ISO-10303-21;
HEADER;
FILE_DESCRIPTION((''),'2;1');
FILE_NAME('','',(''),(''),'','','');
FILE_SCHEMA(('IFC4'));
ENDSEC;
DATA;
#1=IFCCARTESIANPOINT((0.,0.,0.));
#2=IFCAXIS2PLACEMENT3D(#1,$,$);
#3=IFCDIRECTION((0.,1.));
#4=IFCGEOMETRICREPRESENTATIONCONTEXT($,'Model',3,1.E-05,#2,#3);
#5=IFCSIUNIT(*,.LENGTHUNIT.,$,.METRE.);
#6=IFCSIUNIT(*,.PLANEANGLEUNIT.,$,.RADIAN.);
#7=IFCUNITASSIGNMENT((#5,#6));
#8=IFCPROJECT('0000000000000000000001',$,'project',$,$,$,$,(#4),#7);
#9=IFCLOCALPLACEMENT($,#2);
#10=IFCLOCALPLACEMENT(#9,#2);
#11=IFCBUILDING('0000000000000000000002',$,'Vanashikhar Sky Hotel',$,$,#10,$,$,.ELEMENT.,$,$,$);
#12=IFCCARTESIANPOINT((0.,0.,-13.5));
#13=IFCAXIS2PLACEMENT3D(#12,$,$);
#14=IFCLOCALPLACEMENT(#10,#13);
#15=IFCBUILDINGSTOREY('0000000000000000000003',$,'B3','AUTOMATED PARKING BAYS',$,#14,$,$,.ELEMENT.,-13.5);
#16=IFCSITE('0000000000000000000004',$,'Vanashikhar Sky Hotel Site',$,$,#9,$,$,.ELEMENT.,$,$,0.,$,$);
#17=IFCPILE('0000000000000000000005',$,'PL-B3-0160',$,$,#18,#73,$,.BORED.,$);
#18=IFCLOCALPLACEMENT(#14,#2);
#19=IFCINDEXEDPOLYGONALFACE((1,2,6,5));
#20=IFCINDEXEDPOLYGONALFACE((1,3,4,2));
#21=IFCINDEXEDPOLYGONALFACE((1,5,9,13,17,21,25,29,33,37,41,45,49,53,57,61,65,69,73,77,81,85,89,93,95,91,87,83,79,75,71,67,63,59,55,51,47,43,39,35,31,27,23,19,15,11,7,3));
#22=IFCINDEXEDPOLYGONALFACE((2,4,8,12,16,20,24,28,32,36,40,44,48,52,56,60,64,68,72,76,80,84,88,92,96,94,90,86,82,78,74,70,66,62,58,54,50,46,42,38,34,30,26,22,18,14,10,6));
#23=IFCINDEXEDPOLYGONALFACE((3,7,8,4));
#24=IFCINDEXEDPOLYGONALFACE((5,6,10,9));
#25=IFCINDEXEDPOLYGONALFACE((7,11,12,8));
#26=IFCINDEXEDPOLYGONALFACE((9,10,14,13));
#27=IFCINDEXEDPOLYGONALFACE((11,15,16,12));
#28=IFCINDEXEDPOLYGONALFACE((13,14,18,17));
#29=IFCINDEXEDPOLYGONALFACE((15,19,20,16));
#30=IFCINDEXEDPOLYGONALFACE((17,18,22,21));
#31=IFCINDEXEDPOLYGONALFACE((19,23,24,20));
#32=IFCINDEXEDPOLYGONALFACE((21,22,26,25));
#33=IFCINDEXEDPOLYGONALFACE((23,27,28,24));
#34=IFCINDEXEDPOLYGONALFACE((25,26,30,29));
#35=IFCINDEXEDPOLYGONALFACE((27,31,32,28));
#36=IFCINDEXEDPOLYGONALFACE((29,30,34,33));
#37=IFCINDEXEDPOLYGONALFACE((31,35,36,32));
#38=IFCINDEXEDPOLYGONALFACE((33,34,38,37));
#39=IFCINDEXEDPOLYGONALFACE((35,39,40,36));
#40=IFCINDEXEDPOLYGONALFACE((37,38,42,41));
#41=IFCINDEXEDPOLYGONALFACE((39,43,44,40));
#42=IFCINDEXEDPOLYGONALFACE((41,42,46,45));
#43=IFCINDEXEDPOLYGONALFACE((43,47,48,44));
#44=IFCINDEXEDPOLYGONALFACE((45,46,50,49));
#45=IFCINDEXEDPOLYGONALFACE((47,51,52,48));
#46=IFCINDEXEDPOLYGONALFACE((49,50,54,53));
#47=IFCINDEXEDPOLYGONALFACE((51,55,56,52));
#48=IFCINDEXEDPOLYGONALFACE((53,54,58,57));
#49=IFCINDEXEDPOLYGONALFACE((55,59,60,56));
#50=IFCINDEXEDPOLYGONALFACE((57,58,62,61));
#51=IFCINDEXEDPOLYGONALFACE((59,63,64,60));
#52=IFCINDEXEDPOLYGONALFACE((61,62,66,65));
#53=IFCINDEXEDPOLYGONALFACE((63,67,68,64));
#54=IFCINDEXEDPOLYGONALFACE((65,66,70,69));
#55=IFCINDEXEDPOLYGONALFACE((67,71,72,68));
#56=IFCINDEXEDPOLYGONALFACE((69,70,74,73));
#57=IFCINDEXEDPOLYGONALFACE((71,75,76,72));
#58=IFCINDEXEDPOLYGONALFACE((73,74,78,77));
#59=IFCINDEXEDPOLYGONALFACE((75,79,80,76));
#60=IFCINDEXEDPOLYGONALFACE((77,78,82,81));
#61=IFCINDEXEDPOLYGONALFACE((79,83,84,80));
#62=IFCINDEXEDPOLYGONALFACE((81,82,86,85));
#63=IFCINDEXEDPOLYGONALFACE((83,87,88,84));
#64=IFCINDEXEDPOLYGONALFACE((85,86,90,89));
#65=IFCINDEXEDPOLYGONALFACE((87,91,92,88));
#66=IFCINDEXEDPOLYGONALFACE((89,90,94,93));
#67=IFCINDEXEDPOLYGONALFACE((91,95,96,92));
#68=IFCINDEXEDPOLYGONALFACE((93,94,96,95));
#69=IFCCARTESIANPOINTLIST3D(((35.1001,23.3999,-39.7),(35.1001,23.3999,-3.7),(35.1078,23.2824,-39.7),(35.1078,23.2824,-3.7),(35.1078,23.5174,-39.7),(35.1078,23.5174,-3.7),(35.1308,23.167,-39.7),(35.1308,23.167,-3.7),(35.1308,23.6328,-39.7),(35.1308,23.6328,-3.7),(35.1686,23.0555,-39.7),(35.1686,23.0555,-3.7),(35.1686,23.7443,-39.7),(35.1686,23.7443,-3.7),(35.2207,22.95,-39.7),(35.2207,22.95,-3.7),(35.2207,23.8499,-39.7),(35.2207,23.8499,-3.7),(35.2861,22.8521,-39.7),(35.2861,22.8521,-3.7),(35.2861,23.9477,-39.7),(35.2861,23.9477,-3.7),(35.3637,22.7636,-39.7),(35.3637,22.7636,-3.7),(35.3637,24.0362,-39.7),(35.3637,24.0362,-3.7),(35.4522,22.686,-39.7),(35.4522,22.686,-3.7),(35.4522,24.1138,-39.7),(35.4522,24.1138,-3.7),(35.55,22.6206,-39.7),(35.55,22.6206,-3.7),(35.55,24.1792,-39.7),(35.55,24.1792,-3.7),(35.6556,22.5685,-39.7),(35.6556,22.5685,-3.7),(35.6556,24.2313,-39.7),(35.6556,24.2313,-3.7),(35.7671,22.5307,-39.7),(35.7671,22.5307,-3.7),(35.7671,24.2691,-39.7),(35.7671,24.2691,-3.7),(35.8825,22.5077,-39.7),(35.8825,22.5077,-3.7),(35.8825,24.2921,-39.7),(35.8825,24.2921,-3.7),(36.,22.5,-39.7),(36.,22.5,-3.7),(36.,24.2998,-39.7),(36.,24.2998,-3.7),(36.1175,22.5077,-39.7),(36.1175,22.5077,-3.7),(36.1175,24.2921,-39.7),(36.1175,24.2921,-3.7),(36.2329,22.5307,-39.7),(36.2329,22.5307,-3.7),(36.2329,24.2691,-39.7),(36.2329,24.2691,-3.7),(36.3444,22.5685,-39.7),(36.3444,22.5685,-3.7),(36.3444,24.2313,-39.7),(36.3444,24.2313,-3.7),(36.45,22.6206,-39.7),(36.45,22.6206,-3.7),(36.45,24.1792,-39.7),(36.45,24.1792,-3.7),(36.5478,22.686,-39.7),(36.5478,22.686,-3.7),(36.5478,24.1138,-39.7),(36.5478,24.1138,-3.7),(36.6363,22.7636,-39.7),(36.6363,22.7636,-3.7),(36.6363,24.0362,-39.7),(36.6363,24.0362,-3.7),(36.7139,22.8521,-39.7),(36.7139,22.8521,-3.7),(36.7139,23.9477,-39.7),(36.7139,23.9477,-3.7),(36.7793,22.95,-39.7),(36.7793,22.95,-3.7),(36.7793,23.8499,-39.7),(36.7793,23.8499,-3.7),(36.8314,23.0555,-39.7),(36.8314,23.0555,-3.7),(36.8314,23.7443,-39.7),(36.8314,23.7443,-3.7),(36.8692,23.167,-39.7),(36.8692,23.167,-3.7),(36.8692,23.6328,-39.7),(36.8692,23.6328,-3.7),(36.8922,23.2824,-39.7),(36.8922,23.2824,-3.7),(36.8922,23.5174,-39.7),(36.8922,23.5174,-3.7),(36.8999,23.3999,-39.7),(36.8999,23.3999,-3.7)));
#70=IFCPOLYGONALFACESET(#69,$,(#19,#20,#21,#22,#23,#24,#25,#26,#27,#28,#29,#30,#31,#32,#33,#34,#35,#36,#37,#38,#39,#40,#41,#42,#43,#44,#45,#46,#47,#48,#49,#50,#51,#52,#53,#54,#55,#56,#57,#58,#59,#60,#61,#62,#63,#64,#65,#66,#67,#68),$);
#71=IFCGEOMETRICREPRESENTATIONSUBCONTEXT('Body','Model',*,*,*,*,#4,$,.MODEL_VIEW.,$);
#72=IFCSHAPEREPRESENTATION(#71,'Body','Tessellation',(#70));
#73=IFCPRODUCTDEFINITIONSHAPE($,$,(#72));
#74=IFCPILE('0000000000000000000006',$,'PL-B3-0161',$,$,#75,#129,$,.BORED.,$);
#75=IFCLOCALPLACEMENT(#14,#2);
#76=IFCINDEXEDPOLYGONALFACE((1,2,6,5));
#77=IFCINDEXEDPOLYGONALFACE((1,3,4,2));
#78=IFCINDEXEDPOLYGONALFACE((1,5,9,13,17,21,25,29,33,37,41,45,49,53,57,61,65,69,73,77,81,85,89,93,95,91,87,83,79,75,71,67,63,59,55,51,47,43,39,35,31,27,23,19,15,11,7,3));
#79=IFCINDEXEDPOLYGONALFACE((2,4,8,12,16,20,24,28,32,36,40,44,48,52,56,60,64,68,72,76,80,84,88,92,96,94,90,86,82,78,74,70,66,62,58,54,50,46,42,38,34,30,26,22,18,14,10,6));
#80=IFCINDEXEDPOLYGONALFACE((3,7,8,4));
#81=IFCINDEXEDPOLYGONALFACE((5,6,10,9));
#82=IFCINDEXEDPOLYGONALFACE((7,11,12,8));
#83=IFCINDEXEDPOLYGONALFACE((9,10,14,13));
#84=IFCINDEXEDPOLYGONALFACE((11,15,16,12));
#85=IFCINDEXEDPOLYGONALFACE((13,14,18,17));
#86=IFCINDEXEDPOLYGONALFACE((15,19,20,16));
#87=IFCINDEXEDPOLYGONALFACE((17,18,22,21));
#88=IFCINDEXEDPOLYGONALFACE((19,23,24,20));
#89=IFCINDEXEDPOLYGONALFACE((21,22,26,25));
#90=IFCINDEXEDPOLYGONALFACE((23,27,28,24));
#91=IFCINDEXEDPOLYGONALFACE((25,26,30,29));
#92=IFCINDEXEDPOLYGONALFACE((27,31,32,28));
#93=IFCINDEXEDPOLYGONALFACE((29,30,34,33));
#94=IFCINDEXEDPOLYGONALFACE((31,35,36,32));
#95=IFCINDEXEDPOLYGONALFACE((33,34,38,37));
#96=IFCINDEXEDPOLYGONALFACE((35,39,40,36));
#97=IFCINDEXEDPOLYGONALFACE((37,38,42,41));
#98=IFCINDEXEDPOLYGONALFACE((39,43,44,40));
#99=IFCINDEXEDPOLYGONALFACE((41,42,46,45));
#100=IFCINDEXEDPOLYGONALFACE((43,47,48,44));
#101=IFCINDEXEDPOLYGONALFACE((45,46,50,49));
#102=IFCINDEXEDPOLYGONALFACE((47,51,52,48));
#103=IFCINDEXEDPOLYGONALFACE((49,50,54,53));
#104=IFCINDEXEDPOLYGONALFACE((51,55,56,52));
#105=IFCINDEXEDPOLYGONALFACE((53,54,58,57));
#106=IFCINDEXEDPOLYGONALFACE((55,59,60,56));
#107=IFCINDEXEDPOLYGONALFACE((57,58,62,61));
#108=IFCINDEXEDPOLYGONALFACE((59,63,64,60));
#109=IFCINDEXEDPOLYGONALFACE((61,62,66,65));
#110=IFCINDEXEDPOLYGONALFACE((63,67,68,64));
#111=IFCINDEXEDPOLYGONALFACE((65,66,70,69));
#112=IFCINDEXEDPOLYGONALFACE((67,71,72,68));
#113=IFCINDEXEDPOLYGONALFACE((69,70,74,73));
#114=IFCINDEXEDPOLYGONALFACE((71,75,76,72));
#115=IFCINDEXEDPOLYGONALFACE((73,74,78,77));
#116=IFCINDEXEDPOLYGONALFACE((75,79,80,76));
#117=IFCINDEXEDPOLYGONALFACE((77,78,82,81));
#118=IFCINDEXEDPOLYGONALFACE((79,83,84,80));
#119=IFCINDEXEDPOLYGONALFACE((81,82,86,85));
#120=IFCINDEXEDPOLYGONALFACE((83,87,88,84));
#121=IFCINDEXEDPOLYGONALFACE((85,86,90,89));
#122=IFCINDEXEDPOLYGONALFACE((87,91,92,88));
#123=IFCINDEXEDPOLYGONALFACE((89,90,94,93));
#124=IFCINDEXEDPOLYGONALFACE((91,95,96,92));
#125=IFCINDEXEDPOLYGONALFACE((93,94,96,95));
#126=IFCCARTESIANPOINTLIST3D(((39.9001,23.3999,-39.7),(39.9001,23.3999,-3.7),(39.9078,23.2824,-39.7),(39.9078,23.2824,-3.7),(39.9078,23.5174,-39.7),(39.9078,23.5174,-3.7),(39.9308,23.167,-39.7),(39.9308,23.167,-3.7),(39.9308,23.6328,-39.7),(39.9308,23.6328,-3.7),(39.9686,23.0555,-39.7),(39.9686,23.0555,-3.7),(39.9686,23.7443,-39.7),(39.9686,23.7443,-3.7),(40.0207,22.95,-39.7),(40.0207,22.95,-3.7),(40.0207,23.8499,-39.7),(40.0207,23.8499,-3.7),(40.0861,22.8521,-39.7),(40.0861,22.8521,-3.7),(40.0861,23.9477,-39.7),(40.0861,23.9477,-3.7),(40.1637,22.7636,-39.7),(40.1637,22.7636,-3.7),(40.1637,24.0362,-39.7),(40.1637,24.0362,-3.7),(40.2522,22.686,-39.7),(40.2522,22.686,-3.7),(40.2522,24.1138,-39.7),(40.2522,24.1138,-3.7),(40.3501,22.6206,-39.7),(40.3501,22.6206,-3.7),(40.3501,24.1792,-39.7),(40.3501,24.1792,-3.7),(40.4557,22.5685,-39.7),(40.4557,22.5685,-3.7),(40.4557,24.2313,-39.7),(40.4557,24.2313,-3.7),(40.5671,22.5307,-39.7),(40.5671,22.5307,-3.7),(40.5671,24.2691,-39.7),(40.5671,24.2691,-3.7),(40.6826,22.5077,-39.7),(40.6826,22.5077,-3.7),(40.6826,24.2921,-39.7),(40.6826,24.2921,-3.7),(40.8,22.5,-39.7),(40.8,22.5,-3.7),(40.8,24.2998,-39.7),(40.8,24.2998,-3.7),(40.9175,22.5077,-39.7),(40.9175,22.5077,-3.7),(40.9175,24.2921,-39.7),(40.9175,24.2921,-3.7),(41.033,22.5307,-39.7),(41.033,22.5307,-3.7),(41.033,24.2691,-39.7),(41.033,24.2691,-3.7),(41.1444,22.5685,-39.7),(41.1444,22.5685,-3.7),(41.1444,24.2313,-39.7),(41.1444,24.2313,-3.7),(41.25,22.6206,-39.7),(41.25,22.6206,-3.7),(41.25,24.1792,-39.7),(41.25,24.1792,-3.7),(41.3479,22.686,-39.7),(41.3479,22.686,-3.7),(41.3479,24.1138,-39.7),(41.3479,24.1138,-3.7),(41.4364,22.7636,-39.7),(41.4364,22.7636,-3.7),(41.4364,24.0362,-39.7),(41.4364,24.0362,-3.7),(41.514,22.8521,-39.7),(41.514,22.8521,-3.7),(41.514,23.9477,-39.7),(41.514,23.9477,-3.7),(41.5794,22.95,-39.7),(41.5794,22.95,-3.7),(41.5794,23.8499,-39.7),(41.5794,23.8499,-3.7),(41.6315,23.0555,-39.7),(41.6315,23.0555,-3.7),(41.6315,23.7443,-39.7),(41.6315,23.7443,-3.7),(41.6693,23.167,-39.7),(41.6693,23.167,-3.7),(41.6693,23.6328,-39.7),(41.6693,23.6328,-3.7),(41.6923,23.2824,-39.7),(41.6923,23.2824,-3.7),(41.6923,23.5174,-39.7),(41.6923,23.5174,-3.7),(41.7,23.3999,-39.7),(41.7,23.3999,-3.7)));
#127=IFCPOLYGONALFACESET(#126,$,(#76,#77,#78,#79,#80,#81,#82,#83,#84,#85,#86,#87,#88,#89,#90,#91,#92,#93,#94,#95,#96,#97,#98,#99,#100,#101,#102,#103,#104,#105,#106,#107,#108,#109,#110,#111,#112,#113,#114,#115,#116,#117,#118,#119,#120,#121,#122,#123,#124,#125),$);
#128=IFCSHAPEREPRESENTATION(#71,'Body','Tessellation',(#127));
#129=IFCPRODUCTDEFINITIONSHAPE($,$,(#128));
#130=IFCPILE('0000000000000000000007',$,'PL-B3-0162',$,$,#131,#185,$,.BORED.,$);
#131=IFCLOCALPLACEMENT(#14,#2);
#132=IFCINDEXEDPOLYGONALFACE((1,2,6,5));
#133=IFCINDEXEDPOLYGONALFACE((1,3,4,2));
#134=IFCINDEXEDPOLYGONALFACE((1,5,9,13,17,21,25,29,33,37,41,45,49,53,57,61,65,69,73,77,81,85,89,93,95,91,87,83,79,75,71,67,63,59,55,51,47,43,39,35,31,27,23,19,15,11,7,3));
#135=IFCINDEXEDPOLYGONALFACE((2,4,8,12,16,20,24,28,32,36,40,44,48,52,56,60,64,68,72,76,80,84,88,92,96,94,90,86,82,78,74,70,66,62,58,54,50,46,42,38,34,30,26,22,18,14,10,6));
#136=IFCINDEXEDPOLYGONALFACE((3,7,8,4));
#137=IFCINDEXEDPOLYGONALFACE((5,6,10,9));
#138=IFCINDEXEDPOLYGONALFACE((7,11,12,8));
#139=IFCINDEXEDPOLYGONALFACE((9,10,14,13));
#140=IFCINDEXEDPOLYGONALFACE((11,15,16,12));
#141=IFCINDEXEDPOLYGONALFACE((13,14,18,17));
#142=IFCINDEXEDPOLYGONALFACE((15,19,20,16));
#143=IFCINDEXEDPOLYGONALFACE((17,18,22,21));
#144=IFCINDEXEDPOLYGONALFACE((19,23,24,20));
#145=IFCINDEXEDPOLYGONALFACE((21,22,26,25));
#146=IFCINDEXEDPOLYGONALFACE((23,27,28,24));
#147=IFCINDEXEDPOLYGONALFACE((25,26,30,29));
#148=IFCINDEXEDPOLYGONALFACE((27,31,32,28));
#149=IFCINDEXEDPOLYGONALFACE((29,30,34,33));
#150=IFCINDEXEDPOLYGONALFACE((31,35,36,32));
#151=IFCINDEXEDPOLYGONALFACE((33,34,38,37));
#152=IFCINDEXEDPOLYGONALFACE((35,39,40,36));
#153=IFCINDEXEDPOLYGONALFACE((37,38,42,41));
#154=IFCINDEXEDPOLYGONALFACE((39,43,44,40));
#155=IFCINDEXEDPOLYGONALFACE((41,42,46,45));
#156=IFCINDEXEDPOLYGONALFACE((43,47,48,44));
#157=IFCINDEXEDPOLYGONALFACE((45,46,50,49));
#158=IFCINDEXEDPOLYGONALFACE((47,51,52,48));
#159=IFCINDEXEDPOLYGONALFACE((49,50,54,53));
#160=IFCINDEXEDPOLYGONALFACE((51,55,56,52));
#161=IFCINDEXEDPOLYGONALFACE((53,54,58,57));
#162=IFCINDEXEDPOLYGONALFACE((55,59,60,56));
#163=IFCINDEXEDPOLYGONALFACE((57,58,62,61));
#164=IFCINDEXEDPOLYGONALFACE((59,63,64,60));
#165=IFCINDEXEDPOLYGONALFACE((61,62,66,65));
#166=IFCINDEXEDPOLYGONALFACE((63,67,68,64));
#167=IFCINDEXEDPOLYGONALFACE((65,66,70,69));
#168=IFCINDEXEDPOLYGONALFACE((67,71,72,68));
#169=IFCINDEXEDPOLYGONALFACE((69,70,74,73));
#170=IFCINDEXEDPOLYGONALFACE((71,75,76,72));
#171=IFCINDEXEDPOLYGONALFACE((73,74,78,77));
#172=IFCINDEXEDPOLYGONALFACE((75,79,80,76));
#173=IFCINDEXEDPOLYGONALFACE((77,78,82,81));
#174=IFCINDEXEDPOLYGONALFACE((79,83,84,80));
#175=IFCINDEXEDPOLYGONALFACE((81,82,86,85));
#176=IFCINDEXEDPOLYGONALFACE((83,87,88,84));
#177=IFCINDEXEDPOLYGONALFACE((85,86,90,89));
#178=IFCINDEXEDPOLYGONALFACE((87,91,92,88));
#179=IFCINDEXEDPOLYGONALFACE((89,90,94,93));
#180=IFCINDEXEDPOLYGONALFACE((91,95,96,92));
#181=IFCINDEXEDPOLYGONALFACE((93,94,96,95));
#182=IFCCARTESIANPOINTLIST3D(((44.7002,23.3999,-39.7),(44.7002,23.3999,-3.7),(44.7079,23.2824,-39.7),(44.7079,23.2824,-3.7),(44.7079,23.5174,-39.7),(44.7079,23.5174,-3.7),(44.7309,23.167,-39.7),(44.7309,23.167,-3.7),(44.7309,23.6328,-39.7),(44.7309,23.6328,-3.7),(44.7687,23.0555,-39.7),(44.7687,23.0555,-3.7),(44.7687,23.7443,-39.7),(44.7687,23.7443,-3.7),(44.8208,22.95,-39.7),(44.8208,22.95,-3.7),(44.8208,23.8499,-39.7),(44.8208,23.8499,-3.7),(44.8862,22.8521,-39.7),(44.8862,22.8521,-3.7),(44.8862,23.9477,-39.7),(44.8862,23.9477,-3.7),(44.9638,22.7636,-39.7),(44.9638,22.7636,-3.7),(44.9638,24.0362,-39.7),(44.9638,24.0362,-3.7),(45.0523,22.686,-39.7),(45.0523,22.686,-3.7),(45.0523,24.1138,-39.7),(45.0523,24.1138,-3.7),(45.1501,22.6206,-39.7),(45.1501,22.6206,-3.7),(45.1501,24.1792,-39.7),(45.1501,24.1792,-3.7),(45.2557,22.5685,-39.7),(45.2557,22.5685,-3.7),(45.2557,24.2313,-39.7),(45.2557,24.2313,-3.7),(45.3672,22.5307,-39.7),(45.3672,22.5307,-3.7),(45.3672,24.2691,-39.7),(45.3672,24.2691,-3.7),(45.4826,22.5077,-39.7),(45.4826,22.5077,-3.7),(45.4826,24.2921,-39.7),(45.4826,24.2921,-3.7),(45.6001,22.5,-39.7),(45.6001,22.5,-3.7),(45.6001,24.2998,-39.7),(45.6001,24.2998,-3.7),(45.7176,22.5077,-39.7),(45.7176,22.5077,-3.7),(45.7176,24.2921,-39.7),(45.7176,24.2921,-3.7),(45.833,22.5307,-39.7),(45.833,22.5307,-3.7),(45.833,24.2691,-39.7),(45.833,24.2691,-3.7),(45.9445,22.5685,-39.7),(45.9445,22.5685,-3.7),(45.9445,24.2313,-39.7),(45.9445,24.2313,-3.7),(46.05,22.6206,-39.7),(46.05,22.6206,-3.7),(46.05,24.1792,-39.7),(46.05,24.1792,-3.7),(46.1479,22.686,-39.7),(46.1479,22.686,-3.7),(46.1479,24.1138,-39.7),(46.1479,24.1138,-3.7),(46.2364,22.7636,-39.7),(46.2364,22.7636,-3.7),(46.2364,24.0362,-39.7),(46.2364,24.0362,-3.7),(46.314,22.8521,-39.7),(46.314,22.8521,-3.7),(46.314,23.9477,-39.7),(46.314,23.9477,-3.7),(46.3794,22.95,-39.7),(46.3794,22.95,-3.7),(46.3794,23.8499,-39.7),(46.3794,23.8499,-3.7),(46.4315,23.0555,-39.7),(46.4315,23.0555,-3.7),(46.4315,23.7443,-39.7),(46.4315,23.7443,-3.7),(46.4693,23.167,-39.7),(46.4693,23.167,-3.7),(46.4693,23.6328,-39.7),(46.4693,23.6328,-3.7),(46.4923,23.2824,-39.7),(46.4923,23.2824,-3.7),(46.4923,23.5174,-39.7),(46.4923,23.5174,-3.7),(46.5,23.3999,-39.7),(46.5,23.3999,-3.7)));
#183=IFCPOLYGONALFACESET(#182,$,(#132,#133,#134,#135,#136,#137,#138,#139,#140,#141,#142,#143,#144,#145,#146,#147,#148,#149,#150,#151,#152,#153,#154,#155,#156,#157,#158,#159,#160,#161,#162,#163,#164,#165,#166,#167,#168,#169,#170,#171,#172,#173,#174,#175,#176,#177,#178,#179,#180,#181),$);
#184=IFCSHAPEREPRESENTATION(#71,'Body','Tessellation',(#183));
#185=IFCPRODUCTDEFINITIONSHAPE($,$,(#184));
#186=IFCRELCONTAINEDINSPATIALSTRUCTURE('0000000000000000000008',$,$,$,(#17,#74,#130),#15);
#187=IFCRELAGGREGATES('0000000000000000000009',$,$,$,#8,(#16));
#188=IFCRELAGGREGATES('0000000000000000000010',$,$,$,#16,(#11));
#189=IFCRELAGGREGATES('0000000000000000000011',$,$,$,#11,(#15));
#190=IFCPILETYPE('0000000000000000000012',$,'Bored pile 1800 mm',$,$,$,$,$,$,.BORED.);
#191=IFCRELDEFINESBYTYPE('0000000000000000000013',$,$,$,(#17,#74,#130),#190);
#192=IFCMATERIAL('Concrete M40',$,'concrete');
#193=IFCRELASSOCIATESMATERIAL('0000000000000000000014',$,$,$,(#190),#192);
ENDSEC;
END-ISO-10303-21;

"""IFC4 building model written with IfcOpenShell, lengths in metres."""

from ifc_helpers import new_model, si_unit, direction, frame, origin, origin_2d, place, context, subcontext, project, spatial, circle, extrude, source, transform, mapped, material, type_object, element, save


model = new_model("IFC4")

# Units and contexts
model_context = context("Model", 3, precision=1e-05, world=origin(), true_north=direction((0.0, 1.0)))
body_context = subcontext(model_context, "Body", "Model", "MODEL_VIEW")
ifc_project = project(units=[si_unit("LENGTHUNIT", "METRE"), si_unit("PLANEANGLEUNIT", "RADIAN")], contexts=[model_context])

# Site, building, storey
site_placement = place(None, origin())
site = spatial("IfcSite", under=ifc_project, at=site_placement, Name="Vanashikhar Sky Hotel Site", CompositionType="ELEMENT", RefElevation=0.0)
building_placement = place(site_placement, origin())
building = spatial("IfcBuilding", under=site, at=building_placement, Name="Vanashikhar Sky Hotel", CompositionType="ELEMENT")
storey_placement = place(building_placement, frame((0.0, 0.0, -13.5)))
storey = spatial("IfcBuildingStorey", under=building, at=storey_placement, Name="B3", Description="AUTOMATED PARKING BAYS", CompositionType="ELEMENT", Elevation=-13.5)

# Piles
ifc_material_1 = material(Name="Concrete M40", Category="concrete")
pile_type_1 = type_object("IfcPileType", Name="Bored pile 1800 mm", PredefinedType="BORED", material=ifc_material_1)
shared_shape_1 = source(origin(), body_context, "Body", "SweptSolid", [
    extrude(circle(Radius=0.8999, at=origin_2d()), origin(), (0.0, 0.0, 1.0), 36.0),
])
for number, where, z_axis, x_axis, name in (
    (1, (36.0, 23.3999, -3.7), (0.0, 0.0, -1.0), (1.0, 0.0, 0.0), "PL-B3-0160"),
    (2, (40.8, 23.3999, -3.7), (0.0, 0.0, -1.0), (1.0, 0.0, 0.0), "PL-B3-0161"),
    (3, (45.6001, 23.3999, -3.7), (0.0, 0.0, -1.0), (1.0, 0.0, 0.0), "PL-B3-0162"),
):
    element("IfcPile", number, at=place(storey_placement, frame(where, z_axis=z_axis, x_axis=x_axis)), inside=storey, type_object=pile_type_1, Name=name, PredefinedType="BORED", context=body_context, shape_type="MappedRepresentation", body=[
        mapped(shared_shape_1, transform((0.0, 0.0, 0.0), scale=1.0)),
    ])

save(model, "model.ifc")
